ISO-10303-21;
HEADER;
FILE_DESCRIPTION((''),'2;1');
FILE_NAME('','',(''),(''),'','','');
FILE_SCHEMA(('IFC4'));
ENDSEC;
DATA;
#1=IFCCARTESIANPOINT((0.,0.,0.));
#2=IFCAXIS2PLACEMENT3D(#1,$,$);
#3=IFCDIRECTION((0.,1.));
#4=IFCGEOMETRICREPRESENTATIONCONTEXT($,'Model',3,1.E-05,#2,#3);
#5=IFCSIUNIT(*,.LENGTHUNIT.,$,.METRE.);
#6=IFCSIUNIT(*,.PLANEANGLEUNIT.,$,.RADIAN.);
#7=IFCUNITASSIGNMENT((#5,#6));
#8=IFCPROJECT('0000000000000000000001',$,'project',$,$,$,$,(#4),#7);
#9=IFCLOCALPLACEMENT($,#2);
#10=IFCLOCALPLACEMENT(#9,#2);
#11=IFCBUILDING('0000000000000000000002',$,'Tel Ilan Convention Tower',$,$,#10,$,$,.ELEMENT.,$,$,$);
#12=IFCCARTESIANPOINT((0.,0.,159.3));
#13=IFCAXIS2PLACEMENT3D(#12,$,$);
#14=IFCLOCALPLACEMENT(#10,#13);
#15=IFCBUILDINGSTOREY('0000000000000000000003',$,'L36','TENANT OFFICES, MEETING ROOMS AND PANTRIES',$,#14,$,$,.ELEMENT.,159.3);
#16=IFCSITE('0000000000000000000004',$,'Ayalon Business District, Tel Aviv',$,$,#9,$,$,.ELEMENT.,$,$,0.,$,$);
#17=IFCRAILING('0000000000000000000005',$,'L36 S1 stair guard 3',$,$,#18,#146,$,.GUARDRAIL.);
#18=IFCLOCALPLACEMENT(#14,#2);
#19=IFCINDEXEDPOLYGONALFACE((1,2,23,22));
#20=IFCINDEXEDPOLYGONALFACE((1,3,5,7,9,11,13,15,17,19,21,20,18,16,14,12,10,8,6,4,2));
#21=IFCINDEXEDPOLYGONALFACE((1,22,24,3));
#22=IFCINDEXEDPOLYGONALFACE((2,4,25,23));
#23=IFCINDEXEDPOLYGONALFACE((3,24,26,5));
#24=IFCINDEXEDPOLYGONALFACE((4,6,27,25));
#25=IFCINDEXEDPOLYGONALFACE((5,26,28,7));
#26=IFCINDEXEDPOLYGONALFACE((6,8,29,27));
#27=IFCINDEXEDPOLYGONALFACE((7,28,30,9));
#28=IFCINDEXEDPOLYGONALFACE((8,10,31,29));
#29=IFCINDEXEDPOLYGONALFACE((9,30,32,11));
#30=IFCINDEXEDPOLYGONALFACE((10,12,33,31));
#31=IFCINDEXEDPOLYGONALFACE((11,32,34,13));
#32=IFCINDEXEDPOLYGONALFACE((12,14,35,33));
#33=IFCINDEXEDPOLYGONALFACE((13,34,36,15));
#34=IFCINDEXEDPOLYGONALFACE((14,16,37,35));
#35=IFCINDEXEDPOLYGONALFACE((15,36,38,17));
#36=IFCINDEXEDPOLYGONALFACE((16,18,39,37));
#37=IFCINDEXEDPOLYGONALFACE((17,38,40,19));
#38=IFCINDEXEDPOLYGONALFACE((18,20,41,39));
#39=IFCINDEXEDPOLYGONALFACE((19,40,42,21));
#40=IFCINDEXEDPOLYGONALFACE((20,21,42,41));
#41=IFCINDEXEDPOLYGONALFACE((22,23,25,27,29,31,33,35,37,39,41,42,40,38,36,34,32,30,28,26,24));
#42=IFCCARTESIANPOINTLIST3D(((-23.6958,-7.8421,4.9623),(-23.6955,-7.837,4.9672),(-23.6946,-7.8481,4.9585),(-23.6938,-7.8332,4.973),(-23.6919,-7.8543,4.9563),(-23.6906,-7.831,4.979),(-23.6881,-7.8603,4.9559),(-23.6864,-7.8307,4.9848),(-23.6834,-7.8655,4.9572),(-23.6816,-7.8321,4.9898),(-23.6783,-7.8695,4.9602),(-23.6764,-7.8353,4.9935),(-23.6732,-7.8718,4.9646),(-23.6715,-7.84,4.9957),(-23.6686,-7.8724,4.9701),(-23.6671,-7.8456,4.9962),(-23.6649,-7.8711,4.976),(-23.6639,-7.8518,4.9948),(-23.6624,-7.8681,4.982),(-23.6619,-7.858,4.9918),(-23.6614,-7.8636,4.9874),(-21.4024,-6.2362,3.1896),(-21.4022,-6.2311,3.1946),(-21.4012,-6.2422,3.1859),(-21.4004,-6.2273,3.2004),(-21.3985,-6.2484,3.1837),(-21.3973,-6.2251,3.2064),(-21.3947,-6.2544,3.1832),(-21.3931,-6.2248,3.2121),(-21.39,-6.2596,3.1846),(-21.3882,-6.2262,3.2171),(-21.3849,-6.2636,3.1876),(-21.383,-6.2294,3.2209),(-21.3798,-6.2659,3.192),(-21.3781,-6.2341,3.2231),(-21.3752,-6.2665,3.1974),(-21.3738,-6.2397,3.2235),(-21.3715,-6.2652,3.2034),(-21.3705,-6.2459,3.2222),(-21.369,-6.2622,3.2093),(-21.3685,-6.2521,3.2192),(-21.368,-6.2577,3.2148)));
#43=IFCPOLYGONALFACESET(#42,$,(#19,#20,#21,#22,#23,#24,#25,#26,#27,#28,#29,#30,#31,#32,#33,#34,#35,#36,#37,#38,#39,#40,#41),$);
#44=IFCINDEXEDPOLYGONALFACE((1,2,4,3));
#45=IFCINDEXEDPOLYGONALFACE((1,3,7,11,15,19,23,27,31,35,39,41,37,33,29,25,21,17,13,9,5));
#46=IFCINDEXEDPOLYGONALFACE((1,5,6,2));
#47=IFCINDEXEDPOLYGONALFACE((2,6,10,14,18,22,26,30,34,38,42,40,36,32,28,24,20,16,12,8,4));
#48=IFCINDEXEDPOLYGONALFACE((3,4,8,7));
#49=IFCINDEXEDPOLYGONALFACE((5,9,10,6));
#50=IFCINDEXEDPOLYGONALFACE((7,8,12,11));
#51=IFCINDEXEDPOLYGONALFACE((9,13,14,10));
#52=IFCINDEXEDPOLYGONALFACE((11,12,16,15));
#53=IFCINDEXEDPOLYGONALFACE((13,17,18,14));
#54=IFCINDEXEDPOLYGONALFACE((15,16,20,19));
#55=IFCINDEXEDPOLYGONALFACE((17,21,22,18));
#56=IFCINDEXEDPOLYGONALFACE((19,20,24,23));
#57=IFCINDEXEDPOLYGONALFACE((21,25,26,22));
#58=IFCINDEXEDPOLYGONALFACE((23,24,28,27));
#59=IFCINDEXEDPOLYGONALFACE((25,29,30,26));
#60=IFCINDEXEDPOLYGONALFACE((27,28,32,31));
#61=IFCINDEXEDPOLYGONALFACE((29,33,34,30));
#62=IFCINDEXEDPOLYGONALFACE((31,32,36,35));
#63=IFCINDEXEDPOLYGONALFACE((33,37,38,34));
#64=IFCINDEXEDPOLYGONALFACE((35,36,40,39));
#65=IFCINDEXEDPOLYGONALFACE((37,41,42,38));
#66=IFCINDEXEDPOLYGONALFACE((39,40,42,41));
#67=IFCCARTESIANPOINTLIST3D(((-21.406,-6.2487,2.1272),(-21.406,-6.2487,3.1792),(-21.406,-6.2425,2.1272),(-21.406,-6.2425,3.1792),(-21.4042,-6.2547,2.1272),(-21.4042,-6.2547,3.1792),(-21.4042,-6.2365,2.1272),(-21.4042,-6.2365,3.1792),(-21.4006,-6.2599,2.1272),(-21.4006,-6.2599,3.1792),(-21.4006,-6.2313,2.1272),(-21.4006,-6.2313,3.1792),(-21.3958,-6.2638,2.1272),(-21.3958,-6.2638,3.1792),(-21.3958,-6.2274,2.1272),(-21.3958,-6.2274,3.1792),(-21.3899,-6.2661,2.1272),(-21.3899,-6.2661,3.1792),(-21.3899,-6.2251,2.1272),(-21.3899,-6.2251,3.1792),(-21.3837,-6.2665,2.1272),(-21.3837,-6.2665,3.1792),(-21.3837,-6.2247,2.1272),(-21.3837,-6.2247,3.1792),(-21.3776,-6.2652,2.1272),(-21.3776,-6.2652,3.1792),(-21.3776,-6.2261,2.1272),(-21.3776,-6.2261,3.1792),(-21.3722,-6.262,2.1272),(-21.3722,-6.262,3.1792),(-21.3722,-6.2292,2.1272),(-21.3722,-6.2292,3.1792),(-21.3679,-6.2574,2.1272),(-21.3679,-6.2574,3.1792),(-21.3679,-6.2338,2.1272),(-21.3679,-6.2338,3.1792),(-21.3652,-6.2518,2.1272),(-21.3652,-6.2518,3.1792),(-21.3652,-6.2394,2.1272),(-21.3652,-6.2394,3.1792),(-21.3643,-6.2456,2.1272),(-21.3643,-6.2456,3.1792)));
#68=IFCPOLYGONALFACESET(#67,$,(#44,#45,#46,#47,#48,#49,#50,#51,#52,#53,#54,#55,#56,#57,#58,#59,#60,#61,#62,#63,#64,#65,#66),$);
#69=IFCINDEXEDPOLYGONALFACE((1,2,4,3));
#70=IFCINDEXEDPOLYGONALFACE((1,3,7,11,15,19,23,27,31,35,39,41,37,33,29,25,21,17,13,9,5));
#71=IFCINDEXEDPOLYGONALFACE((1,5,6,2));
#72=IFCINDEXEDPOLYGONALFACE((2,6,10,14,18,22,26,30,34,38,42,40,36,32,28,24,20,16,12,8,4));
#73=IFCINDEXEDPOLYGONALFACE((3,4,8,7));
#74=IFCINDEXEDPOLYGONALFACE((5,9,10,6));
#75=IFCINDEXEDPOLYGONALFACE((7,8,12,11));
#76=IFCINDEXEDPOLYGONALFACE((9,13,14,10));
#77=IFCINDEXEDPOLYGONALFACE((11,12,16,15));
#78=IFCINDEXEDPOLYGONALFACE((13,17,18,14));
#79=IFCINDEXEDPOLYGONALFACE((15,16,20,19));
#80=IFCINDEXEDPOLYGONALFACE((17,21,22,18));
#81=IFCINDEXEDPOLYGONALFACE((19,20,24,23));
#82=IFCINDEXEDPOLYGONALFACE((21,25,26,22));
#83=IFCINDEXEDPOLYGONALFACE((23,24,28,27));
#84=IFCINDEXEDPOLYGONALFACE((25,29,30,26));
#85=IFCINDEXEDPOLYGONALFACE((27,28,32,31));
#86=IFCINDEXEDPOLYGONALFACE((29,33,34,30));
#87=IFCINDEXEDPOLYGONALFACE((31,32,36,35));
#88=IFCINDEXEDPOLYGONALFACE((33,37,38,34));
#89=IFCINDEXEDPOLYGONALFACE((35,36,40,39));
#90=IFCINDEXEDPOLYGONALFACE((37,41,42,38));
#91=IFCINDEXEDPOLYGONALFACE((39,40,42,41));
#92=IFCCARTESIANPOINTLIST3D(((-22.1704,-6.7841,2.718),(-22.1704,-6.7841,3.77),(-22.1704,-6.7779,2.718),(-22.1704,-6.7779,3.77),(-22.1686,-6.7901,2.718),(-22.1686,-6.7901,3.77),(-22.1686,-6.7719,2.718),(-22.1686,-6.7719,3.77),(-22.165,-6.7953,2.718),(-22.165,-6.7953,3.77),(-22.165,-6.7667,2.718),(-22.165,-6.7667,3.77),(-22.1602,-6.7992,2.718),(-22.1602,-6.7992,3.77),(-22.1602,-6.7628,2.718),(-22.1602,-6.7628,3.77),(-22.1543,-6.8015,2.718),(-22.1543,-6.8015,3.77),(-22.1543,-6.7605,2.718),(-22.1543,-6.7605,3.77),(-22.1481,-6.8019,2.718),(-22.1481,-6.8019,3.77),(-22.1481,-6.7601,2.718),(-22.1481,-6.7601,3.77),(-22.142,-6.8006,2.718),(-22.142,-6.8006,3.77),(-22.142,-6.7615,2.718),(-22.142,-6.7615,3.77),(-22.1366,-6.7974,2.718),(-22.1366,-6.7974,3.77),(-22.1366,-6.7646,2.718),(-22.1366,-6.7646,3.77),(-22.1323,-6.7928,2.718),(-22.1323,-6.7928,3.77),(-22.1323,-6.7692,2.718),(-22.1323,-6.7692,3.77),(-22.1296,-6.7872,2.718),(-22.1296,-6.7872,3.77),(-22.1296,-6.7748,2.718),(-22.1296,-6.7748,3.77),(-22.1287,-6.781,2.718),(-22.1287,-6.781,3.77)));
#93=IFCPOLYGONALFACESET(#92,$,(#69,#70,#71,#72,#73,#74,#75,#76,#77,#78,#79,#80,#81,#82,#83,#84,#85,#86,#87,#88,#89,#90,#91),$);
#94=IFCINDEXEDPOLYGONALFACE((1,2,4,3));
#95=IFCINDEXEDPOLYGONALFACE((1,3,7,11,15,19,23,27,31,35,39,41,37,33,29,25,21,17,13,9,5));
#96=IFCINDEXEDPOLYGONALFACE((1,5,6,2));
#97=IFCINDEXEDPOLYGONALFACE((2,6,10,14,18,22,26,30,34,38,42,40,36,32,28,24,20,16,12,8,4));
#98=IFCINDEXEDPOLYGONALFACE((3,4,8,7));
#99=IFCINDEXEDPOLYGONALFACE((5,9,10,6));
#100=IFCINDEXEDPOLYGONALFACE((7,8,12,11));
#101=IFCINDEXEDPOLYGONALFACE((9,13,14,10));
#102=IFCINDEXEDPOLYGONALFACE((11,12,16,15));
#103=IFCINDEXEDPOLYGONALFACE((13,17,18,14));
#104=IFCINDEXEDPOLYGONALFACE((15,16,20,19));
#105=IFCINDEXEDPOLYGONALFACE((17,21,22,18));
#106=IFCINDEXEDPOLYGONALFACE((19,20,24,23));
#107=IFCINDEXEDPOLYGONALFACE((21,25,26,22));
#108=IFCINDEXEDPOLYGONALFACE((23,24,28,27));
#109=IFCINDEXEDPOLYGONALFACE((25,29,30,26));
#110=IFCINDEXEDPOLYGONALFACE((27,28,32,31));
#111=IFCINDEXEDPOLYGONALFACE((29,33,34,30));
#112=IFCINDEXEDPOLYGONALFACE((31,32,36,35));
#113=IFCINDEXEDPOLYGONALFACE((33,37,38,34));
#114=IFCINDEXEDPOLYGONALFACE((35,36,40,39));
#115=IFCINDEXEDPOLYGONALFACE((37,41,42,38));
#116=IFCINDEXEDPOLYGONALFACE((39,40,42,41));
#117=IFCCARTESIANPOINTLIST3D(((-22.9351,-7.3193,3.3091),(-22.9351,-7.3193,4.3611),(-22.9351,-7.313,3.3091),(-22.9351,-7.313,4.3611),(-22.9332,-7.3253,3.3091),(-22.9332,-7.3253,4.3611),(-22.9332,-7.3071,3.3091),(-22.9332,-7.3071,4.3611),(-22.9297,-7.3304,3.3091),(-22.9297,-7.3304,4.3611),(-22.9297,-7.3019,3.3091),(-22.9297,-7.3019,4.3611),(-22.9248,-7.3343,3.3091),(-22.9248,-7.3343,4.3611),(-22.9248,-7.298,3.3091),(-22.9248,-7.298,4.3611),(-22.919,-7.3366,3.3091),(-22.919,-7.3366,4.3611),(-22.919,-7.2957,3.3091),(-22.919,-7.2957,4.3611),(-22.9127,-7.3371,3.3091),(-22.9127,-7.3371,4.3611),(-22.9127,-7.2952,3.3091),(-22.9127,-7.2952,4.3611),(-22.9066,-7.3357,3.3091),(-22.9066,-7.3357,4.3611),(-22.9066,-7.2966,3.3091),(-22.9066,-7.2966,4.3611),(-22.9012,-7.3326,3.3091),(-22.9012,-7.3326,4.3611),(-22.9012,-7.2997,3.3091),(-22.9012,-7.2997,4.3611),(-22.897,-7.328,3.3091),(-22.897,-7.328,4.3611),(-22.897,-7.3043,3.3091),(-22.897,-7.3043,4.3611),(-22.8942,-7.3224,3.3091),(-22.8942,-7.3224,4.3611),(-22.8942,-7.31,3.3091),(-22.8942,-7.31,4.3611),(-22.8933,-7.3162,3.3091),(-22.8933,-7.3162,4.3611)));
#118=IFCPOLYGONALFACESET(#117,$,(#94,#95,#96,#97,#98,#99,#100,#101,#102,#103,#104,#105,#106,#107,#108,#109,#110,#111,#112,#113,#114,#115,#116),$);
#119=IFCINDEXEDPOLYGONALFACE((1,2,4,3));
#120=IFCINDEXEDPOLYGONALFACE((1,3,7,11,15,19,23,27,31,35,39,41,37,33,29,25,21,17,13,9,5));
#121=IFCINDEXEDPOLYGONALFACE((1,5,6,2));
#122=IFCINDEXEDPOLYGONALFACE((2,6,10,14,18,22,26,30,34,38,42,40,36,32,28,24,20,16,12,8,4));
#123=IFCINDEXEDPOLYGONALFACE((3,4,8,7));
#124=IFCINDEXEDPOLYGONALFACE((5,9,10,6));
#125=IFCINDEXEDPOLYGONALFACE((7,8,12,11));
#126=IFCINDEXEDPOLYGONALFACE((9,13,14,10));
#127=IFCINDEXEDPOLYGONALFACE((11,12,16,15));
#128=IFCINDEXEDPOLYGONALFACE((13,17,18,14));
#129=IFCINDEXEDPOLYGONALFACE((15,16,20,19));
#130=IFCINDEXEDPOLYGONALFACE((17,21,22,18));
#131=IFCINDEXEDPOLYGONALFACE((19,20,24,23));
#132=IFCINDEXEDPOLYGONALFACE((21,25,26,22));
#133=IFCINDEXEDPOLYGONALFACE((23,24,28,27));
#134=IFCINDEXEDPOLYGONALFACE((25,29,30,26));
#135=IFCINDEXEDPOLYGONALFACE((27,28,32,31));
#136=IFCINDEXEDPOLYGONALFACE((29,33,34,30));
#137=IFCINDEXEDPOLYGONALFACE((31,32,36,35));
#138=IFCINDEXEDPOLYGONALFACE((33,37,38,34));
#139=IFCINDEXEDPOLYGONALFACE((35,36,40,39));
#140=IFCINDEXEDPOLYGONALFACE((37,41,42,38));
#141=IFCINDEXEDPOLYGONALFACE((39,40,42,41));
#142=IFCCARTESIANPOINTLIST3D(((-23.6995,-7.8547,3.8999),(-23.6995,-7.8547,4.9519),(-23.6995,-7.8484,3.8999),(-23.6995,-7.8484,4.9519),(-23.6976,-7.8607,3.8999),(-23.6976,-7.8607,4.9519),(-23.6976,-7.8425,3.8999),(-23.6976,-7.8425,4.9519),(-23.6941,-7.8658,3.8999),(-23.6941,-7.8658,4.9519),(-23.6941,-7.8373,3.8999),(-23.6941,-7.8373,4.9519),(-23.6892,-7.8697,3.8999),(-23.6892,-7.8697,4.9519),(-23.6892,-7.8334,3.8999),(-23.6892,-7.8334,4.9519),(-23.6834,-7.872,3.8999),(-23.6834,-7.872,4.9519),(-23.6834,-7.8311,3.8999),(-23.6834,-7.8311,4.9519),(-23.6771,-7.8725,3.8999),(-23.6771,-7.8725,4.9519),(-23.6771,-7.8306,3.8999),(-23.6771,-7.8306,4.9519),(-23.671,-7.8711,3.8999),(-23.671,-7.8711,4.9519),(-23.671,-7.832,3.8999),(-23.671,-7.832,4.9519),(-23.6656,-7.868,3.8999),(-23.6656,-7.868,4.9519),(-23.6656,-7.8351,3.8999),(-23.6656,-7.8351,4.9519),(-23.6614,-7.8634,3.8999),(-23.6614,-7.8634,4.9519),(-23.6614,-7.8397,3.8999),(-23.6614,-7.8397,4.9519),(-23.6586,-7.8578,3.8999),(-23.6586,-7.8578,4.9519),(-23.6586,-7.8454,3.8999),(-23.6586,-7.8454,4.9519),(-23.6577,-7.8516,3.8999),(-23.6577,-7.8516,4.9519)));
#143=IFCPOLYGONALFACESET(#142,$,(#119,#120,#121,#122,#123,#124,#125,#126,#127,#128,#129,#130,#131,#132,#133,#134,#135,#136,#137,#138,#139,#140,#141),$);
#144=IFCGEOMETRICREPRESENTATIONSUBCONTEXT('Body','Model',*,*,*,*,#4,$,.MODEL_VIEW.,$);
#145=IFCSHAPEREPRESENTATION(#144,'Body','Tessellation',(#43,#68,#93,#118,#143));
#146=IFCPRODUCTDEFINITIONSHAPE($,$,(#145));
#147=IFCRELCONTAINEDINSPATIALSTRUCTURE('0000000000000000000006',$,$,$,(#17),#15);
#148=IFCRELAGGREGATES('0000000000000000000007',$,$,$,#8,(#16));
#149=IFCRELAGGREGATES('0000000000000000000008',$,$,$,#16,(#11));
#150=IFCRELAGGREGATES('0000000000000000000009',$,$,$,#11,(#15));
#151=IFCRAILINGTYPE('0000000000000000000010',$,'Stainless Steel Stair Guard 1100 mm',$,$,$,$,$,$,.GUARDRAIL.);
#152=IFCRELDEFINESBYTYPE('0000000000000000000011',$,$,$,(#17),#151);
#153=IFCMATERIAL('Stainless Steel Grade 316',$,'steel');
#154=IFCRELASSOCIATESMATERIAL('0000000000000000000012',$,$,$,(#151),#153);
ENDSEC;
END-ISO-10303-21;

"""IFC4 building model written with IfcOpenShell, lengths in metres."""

from ifc_helpers import new_model, si_unit, direction, frame, origin, origin_2d, place, context, subcontext, project, spatial, circle, extrude, material, type_object, element, save


model = new_model("IFC4")

# Units and contexts
model_context = context("Model", 3, precision=1e-05, world=origin(), true_north=direction((0.0, 1.0)))
body_context = subcontext(model_context, "Body", "Model", "MODEL_VIEW")
ifc_project = project(units=[si_unit("LENGTHUNIT", "METRE"), si_unit("PLANEANGLEUNIT", "RADIAN")], contexts=[model_context])

# Site, building, storey
site_placement = place(None, origin())
site = spatial("IfcSite", under=ifc_project, at=site_placement, Name="Ayalon Business District, Tel Aviv", CompositionType="ELEMENT", RefElevation=0.0)
building_placement = place(site_placement, origin())
building = spatial("IfcBuilding", under=site, at=building_placement, Name="Tel Ilan Convention Tower", CompositionType="ELEMENT")
storey_placement = place(building_placement, frame((0.0, 0.0, 159.3)))
storey = spatial("IfcBuildingStorey", under=building, at=storey_placement, Name="L36", Description="TENANT OFFICES, MEETING ROOMS AND PANTRIES", CompositionType="ELEMENT", Elevation=159.3)

# Railing
ifc_material_1 = material(Name="Stainless Steel Grade 316", Category="steel")
railing_type_1 = type_object("IfcRailingType", Name="Stainless Steel Stair Guard 1100 mm", PredefinedType="GUARDRAIL", material=ifc_material_1)
railing_1_placement = place(storey_placement, frame((-21.3853, -6.2456, 2.1272)))
element("IfcRailing", 1, at=railing_1_placement, inside=storey, type_object=railing_type_1, Name="L36 S1 stair guard 3", PredefinedType="GUARDRAIL", context=body_context, shape_type="SweptSolid", body=[
    extrude(circle(Radius=0.0239, at=origin_2d()), frame((0.0, 0.0, 1.0762), z_axis=(-0.692085, -0.484621, 0.53494), x_axis=(0.573591, -0.819142, 0.0)), (0.0, 0.0, 1.0), 3.3137),
    extrude(circle(Radius=0.021, at=origin_2d()), origin(), (0.0, 0.0, 1.0), 1.052),
    extrude(circle(Radius=0.021, at=origin_2d()), frame((-0.7644, -0.5354, 0.5908)), (0.0, 0.0, 1.0), 1.052),
    extrude(circle(Radius=0.021, at=origin_2d()), frame((-1.5291, -1.0706, 1.1819)), (0.0, 0.0, 1.0), 1.052),
    extrude(circle(Radius=0.021, at=origin_2d()), frame((-2.2935, -1.606, 1.7727)), (0.0, 0.0, 1.0), 1.052),
])

save(model, "model.ifc")
